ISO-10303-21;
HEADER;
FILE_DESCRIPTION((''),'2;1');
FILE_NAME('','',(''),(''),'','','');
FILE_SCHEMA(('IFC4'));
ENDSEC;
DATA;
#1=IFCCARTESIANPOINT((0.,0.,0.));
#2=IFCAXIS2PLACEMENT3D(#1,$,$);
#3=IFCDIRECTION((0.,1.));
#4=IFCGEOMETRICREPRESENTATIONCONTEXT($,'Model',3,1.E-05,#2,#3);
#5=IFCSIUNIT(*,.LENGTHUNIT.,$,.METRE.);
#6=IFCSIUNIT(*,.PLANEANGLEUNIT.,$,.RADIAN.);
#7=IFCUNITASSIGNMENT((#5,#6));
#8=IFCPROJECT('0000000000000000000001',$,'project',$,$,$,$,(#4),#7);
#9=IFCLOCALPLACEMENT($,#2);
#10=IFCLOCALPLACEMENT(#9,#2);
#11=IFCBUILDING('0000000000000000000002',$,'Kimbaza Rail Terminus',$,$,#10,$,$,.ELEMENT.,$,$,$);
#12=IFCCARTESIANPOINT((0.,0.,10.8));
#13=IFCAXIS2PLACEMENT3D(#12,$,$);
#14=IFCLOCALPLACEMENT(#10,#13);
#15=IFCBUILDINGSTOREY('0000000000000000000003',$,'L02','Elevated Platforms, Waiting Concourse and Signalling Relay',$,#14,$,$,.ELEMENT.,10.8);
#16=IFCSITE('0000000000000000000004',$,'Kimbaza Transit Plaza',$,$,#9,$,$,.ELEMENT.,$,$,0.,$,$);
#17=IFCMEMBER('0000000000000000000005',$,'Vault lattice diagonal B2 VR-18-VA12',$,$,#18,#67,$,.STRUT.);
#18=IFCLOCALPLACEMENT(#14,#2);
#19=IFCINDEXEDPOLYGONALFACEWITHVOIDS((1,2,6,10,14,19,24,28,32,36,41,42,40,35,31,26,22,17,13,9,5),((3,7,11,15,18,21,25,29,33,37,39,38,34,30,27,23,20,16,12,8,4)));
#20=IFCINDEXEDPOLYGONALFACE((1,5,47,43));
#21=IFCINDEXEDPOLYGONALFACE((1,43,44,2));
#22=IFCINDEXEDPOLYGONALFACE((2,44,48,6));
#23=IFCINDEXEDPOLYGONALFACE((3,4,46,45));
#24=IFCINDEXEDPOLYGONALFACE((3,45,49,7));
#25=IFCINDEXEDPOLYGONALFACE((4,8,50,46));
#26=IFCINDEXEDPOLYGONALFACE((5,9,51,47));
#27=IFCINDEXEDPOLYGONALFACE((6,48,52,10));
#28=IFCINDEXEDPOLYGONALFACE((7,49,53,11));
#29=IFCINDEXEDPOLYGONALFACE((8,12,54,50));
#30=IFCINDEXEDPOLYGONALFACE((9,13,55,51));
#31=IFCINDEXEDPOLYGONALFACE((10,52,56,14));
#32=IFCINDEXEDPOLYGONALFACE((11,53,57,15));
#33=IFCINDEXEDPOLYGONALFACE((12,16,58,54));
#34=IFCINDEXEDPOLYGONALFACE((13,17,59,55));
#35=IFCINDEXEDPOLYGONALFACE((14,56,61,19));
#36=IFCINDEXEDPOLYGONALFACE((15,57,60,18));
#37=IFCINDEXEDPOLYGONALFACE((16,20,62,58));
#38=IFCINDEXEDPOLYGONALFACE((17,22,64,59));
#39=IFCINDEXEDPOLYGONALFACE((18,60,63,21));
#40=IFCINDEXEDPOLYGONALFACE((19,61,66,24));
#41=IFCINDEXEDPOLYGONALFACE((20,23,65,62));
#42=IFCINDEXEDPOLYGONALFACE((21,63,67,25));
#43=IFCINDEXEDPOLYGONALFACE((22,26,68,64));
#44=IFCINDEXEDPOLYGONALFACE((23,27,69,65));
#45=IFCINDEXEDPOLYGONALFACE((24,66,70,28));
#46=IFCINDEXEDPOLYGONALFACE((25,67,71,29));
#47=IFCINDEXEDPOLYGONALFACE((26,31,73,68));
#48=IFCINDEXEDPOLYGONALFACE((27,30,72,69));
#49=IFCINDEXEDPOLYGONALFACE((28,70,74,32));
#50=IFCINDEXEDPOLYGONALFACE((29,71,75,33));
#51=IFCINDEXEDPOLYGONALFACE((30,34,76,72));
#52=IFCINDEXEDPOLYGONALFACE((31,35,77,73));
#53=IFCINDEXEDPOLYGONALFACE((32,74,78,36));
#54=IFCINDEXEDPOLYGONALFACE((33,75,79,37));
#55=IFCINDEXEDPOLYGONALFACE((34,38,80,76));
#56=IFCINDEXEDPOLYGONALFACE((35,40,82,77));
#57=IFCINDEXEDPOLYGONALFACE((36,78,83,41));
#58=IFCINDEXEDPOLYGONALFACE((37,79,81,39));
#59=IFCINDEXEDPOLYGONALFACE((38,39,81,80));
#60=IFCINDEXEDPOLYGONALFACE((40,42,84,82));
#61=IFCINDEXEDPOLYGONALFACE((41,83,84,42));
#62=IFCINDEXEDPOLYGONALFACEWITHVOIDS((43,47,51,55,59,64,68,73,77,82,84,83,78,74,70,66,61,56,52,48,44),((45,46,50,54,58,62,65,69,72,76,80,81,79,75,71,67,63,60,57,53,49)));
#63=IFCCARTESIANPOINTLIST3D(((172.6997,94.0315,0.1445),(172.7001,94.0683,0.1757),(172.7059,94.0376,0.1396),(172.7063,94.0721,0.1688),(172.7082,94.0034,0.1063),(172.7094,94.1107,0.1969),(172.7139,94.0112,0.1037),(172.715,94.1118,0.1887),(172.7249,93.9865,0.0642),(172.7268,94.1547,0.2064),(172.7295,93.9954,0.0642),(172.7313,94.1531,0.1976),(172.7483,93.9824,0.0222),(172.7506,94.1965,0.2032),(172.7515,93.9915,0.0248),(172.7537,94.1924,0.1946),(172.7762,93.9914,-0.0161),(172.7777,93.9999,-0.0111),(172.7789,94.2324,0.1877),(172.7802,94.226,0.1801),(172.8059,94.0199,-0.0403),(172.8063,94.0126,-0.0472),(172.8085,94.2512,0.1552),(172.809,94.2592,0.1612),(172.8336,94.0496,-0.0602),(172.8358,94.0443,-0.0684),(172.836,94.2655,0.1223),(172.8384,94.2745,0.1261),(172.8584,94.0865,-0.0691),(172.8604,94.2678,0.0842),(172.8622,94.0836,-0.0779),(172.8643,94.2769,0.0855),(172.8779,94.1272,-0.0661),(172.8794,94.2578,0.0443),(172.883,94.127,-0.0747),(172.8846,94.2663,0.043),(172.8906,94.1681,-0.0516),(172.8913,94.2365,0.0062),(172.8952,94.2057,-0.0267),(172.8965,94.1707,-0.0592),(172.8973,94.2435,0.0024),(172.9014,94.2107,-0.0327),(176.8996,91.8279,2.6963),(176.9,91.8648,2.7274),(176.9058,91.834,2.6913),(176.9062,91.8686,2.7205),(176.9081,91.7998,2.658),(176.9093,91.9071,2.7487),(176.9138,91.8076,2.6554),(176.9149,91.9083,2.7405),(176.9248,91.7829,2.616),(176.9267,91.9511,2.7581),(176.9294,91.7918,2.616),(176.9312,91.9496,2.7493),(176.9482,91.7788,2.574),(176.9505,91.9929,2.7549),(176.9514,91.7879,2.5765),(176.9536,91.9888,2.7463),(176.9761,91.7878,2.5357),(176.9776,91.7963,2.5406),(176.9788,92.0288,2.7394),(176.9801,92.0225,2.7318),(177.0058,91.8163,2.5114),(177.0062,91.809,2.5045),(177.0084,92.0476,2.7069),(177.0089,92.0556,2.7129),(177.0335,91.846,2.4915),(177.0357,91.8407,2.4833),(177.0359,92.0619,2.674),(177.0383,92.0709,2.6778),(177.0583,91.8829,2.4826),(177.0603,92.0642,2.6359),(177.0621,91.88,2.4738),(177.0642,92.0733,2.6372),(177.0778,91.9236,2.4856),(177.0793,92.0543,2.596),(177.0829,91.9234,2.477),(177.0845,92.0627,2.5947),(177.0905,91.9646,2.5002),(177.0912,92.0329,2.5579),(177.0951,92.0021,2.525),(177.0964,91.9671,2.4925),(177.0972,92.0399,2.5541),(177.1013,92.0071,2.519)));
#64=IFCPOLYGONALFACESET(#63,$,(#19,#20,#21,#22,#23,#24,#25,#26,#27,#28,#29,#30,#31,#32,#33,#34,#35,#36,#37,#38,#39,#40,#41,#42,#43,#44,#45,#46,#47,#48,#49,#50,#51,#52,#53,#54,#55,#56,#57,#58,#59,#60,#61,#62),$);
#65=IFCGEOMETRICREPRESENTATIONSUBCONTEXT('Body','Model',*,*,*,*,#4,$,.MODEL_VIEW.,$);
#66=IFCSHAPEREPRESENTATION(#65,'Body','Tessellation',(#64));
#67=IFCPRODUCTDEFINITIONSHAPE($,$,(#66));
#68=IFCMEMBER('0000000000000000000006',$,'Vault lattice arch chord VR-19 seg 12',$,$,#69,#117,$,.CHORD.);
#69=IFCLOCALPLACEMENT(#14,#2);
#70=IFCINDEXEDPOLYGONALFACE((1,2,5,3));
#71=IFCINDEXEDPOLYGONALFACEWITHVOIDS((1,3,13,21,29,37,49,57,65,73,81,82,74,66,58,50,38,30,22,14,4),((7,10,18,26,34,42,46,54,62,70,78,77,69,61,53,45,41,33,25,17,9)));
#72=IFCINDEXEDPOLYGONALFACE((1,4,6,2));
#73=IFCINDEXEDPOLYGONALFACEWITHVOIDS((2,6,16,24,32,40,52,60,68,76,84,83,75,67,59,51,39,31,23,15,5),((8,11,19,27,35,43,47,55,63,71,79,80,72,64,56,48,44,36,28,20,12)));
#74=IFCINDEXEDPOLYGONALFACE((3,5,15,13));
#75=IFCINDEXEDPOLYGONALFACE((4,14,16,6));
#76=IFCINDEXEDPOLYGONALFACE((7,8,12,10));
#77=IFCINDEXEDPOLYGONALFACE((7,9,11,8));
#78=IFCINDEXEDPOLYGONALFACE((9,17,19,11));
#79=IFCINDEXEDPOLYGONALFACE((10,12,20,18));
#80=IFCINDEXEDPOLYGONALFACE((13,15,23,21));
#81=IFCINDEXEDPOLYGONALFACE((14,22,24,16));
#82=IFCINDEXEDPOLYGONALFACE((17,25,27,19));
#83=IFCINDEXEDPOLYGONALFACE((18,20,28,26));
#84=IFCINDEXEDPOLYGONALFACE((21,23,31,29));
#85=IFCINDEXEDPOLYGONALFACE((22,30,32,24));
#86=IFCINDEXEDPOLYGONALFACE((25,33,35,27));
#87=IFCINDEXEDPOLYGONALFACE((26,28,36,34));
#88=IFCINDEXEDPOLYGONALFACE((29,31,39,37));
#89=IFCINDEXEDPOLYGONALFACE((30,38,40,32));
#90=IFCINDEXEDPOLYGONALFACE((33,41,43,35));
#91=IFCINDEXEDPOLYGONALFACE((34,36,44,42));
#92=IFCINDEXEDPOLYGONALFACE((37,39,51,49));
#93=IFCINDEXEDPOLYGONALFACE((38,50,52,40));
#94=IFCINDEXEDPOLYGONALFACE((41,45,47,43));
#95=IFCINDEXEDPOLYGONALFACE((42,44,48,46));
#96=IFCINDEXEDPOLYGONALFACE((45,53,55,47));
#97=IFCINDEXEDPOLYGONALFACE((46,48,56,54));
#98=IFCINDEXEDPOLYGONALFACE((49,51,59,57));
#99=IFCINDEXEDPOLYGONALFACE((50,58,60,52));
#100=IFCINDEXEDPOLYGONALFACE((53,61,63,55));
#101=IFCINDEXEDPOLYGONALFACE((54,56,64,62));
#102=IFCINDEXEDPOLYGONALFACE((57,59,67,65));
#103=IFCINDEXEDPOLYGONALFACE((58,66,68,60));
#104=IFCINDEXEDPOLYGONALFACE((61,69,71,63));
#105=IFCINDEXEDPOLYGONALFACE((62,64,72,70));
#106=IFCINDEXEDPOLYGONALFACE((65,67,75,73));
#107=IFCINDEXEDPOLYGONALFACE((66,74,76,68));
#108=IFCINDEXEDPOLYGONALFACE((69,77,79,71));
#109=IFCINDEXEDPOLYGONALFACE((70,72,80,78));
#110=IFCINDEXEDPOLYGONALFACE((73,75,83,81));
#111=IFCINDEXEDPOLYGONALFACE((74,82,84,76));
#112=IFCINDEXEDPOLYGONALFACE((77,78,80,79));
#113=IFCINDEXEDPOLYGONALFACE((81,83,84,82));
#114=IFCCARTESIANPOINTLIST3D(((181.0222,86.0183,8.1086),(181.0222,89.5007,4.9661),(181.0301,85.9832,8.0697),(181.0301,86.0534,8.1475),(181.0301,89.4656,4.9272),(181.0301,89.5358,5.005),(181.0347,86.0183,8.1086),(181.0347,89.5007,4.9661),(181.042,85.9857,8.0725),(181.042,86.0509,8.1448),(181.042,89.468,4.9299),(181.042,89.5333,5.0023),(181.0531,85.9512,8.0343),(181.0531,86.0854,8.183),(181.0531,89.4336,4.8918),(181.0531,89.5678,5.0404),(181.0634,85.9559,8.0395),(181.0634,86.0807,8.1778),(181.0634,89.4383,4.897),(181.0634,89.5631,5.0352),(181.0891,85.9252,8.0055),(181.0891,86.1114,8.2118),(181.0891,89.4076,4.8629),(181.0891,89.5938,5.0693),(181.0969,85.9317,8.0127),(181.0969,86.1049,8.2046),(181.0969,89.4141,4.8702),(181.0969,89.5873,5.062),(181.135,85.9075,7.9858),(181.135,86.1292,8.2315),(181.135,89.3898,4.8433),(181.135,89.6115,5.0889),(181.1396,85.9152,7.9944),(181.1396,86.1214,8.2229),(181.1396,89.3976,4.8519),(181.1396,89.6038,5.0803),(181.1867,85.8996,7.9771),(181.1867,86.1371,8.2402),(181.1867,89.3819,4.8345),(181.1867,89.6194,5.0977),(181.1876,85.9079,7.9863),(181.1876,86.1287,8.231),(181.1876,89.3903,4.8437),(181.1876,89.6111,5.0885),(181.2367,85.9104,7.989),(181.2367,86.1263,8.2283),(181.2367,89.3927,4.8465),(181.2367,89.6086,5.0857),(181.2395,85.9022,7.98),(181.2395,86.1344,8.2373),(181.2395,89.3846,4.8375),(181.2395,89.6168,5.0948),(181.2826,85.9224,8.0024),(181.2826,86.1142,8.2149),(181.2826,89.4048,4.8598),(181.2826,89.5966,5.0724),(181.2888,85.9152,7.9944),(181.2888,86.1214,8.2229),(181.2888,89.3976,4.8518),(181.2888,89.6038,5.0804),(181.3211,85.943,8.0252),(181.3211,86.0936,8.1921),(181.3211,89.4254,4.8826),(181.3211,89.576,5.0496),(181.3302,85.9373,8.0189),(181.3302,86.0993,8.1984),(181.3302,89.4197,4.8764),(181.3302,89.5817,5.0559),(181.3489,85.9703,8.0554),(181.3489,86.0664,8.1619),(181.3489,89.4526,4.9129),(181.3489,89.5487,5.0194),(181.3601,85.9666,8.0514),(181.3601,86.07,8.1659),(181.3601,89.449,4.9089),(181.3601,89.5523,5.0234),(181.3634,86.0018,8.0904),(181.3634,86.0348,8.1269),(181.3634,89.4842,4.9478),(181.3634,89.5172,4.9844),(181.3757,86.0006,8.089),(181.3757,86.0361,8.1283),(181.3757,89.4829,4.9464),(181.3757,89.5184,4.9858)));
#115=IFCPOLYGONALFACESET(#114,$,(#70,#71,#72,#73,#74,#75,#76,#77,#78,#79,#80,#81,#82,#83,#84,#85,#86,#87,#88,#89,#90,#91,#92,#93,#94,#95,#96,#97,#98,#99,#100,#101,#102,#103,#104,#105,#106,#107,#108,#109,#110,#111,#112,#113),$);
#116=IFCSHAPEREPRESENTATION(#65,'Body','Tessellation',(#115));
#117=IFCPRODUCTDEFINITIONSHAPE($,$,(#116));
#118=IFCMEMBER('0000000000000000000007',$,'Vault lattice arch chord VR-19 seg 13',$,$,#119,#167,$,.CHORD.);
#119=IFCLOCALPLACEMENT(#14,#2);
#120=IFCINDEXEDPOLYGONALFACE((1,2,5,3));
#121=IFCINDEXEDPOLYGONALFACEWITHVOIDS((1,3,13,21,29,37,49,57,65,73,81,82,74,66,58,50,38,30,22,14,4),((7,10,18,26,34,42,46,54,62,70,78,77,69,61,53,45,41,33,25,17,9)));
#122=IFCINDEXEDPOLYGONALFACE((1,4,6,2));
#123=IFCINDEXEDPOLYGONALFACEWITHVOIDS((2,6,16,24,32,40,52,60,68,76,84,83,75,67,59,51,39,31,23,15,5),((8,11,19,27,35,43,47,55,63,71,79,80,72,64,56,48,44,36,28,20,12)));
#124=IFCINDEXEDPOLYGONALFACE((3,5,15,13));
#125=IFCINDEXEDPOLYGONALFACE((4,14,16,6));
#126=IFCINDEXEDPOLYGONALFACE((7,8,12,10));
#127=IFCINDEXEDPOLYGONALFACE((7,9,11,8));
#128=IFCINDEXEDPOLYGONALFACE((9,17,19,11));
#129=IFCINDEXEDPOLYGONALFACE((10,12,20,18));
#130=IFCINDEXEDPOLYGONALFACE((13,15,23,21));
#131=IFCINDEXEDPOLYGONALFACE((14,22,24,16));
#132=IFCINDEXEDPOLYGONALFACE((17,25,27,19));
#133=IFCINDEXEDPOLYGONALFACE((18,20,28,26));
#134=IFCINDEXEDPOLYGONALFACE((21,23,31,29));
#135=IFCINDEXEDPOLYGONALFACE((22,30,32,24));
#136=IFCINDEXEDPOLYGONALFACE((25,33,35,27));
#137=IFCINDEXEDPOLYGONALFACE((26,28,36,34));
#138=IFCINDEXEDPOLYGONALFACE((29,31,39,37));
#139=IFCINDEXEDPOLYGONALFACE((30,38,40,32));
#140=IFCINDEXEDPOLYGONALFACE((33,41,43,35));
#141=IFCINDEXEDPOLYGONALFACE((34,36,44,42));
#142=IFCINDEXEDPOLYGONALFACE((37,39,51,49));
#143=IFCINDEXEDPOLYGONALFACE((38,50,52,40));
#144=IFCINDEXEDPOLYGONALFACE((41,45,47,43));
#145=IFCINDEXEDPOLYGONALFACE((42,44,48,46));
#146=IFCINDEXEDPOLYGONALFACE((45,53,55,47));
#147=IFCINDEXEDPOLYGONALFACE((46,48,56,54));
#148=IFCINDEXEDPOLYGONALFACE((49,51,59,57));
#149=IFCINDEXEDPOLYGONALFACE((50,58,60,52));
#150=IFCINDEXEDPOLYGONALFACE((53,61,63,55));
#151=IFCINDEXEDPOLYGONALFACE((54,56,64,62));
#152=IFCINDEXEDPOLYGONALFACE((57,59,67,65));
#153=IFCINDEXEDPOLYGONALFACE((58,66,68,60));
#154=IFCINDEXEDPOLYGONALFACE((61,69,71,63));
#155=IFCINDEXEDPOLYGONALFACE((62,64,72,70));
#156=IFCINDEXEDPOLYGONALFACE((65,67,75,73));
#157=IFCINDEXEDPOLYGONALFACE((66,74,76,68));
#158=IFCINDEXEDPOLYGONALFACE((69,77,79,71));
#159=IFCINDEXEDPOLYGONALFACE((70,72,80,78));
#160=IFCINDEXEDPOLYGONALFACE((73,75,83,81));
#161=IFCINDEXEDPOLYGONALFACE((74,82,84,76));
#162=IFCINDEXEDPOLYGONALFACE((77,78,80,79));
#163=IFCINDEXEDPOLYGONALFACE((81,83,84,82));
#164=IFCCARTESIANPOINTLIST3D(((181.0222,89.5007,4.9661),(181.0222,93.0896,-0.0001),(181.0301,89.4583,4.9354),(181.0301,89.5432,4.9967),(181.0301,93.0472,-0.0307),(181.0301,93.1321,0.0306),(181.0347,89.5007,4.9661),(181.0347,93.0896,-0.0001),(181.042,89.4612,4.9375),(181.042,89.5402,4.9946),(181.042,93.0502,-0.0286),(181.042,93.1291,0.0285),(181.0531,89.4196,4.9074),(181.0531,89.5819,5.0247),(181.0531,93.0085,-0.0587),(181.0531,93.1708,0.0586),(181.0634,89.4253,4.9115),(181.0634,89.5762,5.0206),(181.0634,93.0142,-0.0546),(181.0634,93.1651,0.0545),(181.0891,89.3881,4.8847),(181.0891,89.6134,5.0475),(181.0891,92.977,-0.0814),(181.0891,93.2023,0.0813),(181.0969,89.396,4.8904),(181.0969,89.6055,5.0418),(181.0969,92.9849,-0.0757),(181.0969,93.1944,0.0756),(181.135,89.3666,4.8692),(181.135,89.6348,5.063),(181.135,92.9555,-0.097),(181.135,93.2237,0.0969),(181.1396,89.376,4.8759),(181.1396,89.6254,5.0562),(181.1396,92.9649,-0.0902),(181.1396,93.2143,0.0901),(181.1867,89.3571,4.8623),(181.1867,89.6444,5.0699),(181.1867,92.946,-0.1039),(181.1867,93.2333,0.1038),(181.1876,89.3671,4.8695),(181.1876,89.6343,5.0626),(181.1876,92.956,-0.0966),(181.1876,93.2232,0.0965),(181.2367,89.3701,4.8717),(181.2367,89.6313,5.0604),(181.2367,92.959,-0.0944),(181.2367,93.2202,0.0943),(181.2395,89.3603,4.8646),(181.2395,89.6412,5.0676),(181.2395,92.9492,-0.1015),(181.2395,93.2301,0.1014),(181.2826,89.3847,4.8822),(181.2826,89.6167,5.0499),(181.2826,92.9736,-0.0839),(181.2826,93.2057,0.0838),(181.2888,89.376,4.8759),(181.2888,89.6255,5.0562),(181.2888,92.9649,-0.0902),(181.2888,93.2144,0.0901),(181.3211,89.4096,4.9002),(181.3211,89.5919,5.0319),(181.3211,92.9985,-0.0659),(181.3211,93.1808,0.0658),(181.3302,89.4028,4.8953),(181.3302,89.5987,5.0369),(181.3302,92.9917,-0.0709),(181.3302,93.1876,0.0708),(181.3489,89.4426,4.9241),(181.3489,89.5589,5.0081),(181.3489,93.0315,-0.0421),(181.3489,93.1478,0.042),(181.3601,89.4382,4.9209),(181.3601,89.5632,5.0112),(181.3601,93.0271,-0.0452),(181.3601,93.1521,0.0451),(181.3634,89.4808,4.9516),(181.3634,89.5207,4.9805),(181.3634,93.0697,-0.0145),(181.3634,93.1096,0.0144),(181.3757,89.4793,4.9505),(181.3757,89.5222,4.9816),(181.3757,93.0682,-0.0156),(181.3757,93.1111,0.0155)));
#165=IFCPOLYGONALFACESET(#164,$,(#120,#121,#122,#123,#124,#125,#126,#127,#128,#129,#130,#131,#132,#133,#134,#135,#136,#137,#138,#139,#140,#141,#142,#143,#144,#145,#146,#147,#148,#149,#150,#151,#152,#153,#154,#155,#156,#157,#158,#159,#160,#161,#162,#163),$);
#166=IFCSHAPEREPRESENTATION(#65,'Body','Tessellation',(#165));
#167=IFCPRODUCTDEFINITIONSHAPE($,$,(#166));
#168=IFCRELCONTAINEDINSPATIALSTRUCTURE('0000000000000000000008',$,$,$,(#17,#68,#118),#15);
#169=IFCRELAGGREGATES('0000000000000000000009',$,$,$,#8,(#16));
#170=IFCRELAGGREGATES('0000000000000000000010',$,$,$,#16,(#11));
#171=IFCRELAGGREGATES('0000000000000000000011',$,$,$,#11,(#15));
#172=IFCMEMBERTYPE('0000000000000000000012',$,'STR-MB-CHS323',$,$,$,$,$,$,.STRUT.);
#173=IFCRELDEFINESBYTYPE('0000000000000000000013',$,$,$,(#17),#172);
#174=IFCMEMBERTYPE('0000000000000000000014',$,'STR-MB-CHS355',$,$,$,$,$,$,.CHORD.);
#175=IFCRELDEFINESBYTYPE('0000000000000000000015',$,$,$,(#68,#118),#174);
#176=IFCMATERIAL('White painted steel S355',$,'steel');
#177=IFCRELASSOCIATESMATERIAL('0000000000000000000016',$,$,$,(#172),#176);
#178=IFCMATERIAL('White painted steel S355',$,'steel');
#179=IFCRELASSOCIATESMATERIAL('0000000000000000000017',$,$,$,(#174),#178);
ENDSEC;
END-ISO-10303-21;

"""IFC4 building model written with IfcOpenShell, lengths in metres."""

from ifc_helpers import new_model, si_unit, direction, frame, origin, origin_2d, place, context, subcontext, project, spatial, hollow_circle, extrude, material, material_profile, profile_set, type_object, element, save


model = new_model("IFC4")

# Units and contexts
model_context = context("Model", 3, precision=1e-05, world=origin(), true_north=direction((0.0, 1.0)))
body_context = subcontext(model_context, "Body", "Model", "MODEL_VIEW")
ifc_project = project(units=[si_unit("LENGTHUNIT", "METRE"), si_unit("PLANEANGLEUNIT", "RADIAN")], contexts=[model_context])

# Site, building, storey
site_placement = place(None, origin())
site = spatial("IfcSite", under=ifc_project, at=site_placement, Name="Kimbaza Transit Plaza", CompositionType="ELEMENT", RefElevation=0.0)
building_placement = place(site_placement, origin())
building = spatial("IfcBuilding", under=site, at=building_placement, Name="Kimbaza Rail Terminus", CompositionType="ELEMENT")
storey_placement = place(building_placement, frame((0.0, 0.0, 10.8)))
storey = spatial("IfcBuildingStorey", under=building, at=storey_placement, Name="L02", Description="Elevated Platforms, Waiting Concourse and Signalling Relay", CompositionType="ELEMENT", Elevation=10.8)

# Members
ifc_material_1 = material(Name="White painted steel S355", Category="steel")
ifc_material_profile_1 = material_profile(ifc_material_1, hollow_circle(Radius=0.1619, WallThickness=0.01, at=origin_2d()), Name="CHS 323.9x10")
ifc_profile_set_1 = profile_set([ifc_material_profile_1], Name="White painted steel S355")
member_type_1 = type_object("IfcMemberType", Name="STR-MB-CHS323", PredefinedType="STRUT", material=ifc_profile_set_1)
for number, where, z_axis, x_axis, name in (
    (1, (177.0, 91.9263, 2.616), (-0.779818, 0.409152, -0.473793), (-0.464609, -0.885516, 0.0), "Vault lattice diagonal B2 VR-18-VA12"),
):
    element("IfcMember", number, at=place(storey_placement, frame(where, z_axis=z_axis, x_axis=x_axis)), inside=storey, type_object=member_type_1, Name=name, PredefinedType="STRUT", context=body_context, shape_type="SweptSolid", body=[
        extrude(hollow_circle(Radius=0.1619, WallThickness=0.01, at=origin_2d()), origin(), (0.0, 0.0, 1.0), 5.3857),
    ])
ifc_material_2 = material(Name="White painted steel S355", Category="steel")
ifc_material_profile_2 = material_profile(ifc_material_2, hollow_circle(Radius=0.1777, WallThickness=0.0125, at=origin_2d()), Name="CHS 355.6x12.5")
ifc_profile_set_2 = profile_set([ifc_material_profile_2], Name="White painted steel S355")
member_type_2 = type_object("IfcMemberType", Name="STR-MB-CHS355", PredefinedType="CHORD", material=ifc_profile_set_2)
member_1_placement = place(storey_placement, frame((181.2, 86.0183, 8.1086), z_axis=(0.0, 0.742403, -0.669953), x_axis=(-1.0, 0.0, 0.0)))
element("IfcMember", 2, at=member_1_placement, inside=storey, type_object=member_type_2, Name="Vault lattice arch chord VR-19 seg 12", PredefinedType="CHORD", context=body_context, shape_type="SweptSolid", body=[
    extrude(hollow_circle(Radius=0.1777, WallThickness=0.0125, at=origin_2d()), origin(), (0.0, 0.0, 1.0), 4.6907),
])
member_2_placement = place(storey_placement, frame((181.2, 89.5007, 4.9661), z_axis=(0.0, 0.585733, -0.810504), x_axis=(-1.0, 0.0, 0.0)))
element("IfcMember", 3, at=member_2_placement, inside=storey, type_object=member_type_2, Name="Vault lattice arch chord VR-19 seg 13", PredefinedType="CHORD", context=body_context, shape_type="SweptSolid", body=[
    extrude(hollow_circle(Radius=0.1777, WallThickness=0.0125, at=origin_2d()), origin(), (0.0, 0.0, 1.0), 6.1272),
])

save(model, "model.ifc")
